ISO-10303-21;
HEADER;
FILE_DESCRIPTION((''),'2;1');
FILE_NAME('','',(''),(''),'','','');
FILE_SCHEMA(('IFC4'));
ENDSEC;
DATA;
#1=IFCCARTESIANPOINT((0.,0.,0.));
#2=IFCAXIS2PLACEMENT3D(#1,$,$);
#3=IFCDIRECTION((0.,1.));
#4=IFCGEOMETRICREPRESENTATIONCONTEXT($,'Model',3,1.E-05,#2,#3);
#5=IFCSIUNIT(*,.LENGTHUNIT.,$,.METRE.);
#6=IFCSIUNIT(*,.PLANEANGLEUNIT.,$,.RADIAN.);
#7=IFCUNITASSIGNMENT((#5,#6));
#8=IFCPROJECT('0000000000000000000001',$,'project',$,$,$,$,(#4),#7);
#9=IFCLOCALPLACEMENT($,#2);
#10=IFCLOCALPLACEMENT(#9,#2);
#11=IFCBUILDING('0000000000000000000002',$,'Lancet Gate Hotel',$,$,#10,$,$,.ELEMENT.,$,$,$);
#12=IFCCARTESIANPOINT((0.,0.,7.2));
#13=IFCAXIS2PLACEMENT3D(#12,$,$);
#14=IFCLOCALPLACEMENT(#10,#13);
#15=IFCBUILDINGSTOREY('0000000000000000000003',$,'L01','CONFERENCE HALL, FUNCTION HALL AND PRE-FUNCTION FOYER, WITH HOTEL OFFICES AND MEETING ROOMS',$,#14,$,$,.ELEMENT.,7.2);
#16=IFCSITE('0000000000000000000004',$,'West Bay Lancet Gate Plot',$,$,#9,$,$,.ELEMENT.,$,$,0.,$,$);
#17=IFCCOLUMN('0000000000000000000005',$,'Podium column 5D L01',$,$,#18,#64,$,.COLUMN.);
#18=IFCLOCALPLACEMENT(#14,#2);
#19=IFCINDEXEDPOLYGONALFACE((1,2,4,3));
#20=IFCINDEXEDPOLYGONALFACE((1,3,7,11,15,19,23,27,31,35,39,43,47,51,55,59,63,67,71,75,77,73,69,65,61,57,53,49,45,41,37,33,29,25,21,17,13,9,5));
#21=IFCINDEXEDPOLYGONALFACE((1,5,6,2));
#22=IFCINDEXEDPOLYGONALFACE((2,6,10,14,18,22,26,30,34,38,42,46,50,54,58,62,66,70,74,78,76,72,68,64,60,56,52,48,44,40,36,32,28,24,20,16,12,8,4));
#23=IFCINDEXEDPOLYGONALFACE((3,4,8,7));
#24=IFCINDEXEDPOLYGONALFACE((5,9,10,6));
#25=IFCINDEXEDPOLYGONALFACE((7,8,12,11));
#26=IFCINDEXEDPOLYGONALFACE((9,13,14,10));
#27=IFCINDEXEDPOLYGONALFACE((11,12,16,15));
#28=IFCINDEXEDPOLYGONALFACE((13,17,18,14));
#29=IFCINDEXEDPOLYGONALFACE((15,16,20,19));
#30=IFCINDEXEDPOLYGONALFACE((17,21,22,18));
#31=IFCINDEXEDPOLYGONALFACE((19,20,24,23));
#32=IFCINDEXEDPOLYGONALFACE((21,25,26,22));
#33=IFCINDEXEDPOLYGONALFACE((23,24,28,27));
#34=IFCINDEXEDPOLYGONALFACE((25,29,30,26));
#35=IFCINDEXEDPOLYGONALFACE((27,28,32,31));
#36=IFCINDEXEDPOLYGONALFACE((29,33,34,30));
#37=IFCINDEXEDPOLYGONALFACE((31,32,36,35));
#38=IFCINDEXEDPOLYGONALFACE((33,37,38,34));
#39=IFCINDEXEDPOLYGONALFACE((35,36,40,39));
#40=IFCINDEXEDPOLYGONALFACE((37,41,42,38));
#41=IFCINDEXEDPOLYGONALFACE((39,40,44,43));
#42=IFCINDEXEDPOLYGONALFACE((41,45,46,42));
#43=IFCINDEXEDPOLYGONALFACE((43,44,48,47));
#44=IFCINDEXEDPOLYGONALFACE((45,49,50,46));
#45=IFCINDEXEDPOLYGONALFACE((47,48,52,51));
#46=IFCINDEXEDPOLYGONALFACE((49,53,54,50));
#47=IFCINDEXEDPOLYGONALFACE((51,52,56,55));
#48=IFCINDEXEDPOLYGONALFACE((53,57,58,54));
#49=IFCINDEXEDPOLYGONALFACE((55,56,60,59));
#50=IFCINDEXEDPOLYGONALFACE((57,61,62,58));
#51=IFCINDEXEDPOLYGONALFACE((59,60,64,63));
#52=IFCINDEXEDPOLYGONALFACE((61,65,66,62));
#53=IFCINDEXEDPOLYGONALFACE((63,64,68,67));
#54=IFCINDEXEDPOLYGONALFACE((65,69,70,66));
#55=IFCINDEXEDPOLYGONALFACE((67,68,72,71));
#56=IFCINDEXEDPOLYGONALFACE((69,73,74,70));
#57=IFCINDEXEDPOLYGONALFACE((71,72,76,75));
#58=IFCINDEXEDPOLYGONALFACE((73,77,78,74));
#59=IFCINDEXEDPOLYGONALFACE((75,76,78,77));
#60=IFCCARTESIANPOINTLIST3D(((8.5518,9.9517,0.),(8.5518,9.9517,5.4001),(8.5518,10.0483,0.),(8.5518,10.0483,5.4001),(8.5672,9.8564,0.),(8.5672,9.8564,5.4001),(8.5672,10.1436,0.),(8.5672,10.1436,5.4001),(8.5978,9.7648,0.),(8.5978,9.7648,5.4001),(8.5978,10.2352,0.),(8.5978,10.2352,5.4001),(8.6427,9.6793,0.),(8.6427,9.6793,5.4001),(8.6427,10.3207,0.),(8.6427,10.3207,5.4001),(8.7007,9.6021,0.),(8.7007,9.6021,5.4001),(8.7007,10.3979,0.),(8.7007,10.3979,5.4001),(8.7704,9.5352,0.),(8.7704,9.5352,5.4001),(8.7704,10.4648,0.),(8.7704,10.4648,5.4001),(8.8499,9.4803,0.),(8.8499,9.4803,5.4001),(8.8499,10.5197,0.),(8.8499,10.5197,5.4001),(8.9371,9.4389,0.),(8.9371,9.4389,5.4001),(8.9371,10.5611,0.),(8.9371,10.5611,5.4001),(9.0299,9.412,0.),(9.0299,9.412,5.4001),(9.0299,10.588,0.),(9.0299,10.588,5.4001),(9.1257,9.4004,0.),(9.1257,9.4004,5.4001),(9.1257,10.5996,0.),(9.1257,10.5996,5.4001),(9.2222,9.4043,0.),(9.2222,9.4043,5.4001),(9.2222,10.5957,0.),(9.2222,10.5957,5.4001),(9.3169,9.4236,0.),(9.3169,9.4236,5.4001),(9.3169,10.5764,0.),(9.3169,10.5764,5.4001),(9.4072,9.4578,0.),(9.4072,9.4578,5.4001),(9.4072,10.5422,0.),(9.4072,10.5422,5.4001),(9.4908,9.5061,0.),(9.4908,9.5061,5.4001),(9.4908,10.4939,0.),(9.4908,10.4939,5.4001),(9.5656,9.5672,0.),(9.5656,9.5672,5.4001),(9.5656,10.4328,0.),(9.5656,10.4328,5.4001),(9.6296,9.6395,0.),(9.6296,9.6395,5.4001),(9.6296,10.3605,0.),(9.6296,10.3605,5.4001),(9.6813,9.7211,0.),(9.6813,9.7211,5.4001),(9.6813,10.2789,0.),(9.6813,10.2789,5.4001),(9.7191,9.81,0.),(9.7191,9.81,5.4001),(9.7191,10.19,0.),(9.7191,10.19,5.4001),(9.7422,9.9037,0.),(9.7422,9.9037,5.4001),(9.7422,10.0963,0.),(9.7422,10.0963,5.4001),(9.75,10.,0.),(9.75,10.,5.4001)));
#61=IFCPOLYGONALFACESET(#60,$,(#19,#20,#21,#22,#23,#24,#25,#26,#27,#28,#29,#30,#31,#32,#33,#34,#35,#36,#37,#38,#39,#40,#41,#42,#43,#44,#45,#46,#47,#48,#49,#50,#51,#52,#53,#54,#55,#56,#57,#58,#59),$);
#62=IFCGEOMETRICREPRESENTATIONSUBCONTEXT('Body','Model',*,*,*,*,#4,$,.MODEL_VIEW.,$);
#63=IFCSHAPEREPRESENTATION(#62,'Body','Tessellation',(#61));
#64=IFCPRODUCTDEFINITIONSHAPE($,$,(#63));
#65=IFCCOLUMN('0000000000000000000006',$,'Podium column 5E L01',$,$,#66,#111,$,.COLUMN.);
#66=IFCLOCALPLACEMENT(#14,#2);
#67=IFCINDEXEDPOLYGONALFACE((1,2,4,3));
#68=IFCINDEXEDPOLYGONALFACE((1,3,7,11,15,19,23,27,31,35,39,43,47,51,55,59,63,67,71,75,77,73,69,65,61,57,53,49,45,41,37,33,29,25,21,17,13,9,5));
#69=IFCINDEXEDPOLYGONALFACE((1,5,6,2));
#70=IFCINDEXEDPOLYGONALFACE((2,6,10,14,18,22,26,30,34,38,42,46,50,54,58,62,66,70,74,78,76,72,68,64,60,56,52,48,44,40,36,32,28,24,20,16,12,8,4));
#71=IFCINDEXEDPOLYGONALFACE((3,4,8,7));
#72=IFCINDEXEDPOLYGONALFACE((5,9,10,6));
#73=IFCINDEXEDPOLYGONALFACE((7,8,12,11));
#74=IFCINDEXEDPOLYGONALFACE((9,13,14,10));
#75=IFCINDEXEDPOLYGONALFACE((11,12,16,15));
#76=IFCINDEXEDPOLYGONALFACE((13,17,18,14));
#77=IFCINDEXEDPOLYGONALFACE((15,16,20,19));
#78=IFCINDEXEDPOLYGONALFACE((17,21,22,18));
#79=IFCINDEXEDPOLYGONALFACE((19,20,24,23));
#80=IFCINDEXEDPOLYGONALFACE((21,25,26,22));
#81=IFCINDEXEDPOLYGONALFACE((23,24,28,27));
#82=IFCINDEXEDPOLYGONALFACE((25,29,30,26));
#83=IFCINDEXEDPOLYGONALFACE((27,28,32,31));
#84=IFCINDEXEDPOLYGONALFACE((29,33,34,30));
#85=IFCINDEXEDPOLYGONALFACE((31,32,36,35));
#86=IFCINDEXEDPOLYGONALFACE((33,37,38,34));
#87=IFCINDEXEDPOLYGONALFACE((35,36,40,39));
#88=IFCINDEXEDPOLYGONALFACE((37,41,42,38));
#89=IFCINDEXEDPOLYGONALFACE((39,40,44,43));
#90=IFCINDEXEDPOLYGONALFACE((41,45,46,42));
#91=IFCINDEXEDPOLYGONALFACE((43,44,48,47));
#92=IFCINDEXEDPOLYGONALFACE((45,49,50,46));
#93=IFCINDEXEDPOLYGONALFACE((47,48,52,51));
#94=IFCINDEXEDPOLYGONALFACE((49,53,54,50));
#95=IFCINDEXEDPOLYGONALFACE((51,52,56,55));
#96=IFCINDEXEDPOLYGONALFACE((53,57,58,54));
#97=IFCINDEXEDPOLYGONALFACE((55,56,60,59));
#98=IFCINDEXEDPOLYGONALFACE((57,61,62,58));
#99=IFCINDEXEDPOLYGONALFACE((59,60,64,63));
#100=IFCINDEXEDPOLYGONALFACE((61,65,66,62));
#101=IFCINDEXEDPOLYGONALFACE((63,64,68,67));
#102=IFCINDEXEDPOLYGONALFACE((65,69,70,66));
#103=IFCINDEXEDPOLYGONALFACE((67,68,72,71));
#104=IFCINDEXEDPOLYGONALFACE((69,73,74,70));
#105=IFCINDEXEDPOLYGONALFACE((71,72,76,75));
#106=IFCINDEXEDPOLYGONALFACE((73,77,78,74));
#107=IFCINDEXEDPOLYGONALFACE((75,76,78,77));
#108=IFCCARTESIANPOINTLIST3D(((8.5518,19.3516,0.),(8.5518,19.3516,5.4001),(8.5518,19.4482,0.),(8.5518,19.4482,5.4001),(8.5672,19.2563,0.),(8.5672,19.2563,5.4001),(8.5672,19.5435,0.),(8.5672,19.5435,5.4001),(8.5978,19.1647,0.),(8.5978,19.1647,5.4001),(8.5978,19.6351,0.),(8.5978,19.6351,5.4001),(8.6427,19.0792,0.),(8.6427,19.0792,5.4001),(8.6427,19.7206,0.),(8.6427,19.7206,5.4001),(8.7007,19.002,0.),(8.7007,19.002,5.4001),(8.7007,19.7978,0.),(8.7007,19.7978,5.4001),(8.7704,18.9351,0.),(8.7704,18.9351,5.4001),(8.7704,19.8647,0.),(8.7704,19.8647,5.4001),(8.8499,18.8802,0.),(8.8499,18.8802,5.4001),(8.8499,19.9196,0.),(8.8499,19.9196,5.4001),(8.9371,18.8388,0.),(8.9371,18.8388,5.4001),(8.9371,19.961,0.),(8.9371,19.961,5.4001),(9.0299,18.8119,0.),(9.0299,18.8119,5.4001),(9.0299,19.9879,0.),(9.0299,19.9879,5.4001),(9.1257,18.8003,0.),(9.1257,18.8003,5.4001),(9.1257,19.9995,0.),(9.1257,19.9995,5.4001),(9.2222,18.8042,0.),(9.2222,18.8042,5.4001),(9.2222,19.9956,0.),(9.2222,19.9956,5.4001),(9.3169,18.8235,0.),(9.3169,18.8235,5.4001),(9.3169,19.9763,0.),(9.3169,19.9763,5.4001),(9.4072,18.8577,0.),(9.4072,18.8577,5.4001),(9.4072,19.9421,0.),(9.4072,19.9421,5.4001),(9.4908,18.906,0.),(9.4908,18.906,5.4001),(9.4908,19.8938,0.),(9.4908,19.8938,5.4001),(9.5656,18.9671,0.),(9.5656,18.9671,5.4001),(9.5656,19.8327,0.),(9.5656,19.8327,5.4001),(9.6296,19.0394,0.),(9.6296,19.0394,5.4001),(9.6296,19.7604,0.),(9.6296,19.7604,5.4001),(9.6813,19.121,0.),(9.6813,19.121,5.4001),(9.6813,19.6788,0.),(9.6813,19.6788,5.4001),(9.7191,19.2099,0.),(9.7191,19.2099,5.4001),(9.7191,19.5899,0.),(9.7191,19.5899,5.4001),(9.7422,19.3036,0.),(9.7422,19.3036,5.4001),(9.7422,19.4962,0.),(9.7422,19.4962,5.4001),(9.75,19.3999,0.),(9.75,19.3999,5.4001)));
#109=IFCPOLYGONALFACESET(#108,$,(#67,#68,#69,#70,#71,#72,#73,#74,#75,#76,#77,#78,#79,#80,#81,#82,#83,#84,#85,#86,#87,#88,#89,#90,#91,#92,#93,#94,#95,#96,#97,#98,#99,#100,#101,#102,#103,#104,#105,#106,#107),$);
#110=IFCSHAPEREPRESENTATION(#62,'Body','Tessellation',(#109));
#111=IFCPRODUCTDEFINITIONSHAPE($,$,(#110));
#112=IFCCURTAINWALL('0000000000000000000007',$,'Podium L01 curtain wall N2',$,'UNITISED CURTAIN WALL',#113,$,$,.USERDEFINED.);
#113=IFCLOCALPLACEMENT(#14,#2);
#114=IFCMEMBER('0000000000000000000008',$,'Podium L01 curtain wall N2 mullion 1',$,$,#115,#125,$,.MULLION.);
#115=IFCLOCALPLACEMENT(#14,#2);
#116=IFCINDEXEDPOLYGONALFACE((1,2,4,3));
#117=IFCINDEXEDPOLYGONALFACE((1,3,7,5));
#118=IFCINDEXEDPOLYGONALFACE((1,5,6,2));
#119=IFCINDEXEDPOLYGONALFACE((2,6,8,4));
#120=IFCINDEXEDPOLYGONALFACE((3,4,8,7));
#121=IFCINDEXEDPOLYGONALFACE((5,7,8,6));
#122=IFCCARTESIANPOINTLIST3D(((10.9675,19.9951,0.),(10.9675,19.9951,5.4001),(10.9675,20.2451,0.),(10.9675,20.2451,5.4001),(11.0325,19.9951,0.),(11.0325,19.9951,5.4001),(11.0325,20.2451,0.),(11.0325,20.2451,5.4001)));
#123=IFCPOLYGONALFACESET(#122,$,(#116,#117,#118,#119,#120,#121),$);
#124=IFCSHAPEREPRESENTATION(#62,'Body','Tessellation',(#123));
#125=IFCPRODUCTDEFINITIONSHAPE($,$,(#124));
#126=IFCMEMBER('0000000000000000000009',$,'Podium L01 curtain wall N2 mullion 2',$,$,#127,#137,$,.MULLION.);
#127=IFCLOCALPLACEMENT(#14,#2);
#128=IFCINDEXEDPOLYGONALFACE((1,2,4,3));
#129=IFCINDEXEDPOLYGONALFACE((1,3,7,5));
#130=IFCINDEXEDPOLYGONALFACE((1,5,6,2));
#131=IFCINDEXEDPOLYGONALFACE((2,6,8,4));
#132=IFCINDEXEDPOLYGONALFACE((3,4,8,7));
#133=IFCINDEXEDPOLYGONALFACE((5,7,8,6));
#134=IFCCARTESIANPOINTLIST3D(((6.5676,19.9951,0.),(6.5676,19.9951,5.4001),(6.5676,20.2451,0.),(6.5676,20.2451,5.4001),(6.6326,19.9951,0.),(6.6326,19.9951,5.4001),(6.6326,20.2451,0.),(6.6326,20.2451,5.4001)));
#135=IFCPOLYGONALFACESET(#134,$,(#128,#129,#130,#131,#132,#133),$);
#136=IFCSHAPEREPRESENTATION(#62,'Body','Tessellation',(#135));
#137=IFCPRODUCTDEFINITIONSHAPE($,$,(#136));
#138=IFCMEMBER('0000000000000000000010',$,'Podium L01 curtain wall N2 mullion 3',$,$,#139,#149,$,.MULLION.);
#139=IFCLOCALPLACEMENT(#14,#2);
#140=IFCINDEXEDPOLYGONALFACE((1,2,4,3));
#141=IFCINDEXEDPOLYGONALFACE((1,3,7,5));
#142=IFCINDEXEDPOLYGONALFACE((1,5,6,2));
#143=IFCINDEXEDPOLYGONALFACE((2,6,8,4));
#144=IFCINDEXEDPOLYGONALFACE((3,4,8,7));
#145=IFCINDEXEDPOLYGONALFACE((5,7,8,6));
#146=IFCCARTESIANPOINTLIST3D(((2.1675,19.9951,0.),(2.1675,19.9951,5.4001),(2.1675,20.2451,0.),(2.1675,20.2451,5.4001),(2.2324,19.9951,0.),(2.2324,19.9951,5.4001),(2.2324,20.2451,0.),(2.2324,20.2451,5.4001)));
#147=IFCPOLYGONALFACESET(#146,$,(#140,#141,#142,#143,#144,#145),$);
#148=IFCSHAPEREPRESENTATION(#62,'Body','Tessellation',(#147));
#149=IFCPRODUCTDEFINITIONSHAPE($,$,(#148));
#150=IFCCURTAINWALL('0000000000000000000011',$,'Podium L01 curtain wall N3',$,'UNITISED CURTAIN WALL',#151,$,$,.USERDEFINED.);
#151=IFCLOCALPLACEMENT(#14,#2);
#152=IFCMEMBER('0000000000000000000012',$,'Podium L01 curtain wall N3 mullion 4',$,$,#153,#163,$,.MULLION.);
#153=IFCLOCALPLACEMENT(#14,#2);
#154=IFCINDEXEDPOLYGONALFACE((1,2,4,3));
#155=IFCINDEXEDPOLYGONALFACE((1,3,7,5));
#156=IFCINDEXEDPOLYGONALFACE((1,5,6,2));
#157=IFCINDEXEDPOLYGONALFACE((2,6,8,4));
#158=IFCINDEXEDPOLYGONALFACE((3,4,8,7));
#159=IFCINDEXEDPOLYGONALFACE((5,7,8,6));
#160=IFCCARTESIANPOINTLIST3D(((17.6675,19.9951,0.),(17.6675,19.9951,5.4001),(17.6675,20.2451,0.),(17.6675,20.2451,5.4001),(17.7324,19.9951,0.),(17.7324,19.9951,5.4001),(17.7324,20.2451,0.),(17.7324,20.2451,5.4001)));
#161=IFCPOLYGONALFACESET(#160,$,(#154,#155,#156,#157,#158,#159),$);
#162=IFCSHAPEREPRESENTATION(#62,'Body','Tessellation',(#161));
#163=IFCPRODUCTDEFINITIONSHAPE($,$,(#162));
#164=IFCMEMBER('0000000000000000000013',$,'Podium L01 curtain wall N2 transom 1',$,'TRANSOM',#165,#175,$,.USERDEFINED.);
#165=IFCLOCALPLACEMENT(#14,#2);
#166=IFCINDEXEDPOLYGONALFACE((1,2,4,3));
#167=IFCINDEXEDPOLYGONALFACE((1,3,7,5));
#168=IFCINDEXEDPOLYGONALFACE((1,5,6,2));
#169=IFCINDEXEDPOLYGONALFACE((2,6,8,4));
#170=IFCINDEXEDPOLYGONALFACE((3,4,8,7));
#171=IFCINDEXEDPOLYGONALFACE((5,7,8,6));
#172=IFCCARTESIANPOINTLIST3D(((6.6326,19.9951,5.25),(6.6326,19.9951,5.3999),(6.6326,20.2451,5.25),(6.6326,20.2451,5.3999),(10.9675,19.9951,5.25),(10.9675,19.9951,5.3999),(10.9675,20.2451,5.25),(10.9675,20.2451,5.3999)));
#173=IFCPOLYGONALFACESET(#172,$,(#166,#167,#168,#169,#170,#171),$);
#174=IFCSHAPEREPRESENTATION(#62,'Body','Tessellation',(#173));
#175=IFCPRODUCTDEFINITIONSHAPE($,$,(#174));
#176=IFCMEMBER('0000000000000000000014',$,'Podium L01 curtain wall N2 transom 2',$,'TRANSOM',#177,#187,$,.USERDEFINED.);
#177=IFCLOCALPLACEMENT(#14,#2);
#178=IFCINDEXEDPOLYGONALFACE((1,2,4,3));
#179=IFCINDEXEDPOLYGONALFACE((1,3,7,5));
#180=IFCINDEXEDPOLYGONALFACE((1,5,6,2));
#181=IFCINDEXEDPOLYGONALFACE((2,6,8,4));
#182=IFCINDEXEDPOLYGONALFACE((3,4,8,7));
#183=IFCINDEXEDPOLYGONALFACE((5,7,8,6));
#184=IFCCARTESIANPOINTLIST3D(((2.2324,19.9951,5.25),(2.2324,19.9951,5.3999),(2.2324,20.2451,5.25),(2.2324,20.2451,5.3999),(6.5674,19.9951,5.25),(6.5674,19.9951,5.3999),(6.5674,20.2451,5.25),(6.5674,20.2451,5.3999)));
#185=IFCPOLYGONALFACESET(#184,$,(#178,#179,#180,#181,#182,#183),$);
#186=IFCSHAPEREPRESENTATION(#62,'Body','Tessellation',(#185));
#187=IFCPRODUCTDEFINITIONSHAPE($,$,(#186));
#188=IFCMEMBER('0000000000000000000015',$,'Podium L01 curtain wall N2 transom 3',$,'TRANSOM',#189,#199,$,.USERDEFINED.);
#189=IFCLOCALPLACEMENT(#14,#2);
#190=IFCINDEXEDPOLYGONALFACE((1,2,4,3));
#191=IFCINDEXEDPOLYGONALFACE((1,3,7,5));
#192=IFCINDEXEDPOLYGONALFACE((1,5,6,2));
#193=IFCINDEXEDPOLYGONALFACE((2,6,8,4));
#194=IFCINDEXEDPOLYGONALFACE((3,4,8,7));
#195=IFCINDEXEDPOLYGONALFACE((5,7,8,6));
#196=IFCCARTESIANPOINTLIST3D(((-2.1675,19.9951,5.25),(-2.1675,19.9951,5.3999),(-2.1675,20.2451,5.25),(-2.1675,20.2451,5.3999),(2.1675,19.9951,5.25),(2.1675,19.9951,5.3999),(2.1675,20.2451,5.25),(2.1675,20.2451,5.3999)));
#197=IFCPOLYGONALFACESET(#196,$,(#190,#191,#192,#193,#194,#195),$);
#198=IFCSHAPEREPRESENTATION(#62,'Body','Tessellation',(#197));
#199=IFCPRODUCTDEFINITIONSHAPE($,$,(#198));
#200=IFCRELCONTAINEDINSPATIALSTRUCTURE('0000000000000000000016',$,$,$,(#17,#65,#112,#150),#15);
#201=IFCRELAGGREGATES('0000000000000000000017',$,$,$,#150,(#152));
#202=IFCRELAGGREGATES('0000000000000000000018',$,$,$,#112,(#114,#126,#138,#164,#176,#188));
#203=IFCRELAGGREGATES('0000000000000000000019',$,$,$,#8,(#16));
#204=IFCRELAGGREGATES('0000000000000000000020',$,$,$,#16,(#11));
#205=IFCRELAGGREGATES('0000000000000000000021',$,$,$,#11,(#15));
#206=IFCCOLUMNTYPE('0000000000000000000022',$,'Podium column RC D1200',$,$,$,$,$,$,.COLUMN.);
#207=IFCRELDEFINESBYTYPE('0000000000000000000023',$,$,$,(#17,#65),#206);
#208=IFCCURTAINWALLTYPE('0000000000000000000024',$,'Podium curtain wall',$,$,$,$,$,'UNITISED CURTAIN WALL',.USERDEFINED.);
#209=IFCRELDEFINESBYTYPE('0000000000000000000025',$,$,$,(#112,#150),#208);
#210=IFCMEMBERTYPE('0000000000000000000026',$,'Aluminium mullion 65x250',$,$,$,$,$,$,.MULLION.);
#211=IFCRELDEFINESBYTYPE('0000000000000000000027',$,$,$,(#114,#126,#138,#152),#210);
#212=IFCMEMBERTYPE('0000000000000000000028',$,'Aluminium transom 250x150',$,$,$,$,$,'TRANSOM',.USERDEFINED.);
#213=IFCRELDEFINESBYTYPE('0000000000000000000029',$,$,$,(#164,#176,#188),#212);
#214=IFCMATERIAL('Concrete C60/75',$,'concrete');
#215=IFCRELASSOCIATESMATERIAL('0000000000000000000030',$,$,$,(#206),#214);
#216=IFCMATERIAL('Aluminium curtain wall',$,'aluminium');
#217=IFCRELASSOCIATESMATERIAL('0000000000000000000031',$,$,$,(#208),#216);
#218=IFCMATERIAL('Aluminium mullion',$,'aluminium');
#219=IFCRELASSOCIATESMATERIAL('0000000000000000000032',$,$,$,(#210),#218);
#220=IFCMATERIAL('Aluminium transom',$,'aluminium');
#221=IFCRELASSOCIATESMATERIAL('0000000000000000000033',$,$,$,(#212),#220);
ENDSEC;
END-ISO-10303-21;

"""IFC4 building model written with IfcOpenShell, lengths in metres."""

from ifc_helpers import new_model, si_unit, direction, frame, origin, origin_2d, place, context, subcontext, project, spatial, rectangle, circle, extrude, material, material_profile, profile_set, type_object, element, aggregate, save


model = new_model("IFC4")

# Units and contexts
model_context = context("Model", 3, precision=1e-05, world=origin(), true_north=direction((0.0, 1.0)))
body_context = subcontext(model_context, "Body", "Model", "MODEL_VIEW")
ifc_project = project(units=[si_unit("LENGTHUNIT", "METRE"), si_unit("PLANEANGLEUNIT", "RADIAN")], contexts=[model_context])

# Site, building, storey
site_placement = place(None, origin())
site = spatial("IfcSite", under=ifc_project, at=site_placement, Name="West Bay Lancet Gate Plot", CompositionType="ELEMENT", RefElevation=0.0)
building_placement = place(site_placement, origin())
building = spatial("IfcBuilding", under=site, at=building_placement, Name="Lancet Gate Hotel", CompositionType="ELEMENT")
storey_placement = place(building_placement, frame((0.0, 0.0, 7.2)))
storey = spatial("IfcBuildingStorey", under=building, at=storey_placement, Name="L01", Description="CONFERENCE HALL, FUNCTION HALL AND PRE-FUNCTION FOYER, WITH HOTEL OFFICES AND MEETING ROOMS", CompositionType="ELEMENT", Elevation=7.2)

# Columns
ifc_material_1 = material(Name="Concrete C60/75", Category="concrete")
ifc_material_profile_1 = material_profile(ifc_material_1, circle(Radius=0.6001, at=origin_2d()), Name="RC D1200")
ifc_profile_set_1 = profile_set([ifc_material_profile_1], Name="Concrete C60/75")
column_type = type_object("IfcColumnType", Name="Podium column RC D1200", PredefinedType="COLUMN", material=ifc_profile_set_1)
for number, where, z_axis, x_axis, name in (
    (1, (9.1499, 10.0, 0.0), (0.0, 0.0, 1.0), (1.0, 0.0, 0.0), "Podium column 5D L01"),
    (2, (9.1499, 19.3999, 0.0), (0.0, 0.0, 1.0), (1.0, 0.0, 0.0), "Podium column 5E L01"),
):
    element("IfcColumn", number, at=place(storey_placement, frame(where, z_axis=z_axis, x_axis=x_axis)), inside=storey, type_object=column_type, Name=name, PredefinedType="COLUMN", context=body_context, shape_type="SweptSolid", body=[
        extrude(circle(Radius=0.6001, at=origin_2d()), origin(), (0.0, 0.0, 1.0), 5.4001),
    ])

# Curtain wall, members
ifc_material_2 = material(Name="Aluminium curtain wall", Category="aluminium")
curtain_wall_type = type_object("IfcCurtainWallType", Name="Podium curtain wall", ElementType="UNITISED CURTAIN WALL", PredefinedType="USERDEFINED", material=ifc_material_2)
curtain_wall_1_placement = place(storey_placement, origin())
curtain_wall_1 = element("IfcCurtainWall", 3, at=curtain_wall_1_placement, inside=storey, type_object=curtain_wall_type, Name="Podium L01 curtain wall N2", ObjectType="UNITISED CURTAIN WALL", PredefinedType="USERDEFINED")
ifc_material_3 = material(Name="Aluminium mullion", Category="aluminium")
ifc_material_profile_2 = material_profile(ifc_material_3, rectangle(XDim=0.0649, YDim=0.25, at=origin_2d()), Name="MULLION 65x250")
ifc_profile_set_2 = profile_set([ifc_material_profile_2], Name="Aluminium mullion")
member_type_1 = type_object("IfcMemberType", Name="Aluminium mullion 65x250", PredefinedType="MULLION", material=ifc_profile_set_2)
member_1_placement = place(storey_placement, frame((11.0, 20.1201, 0.0), z_axis=(0.0, 0.0, 1.0), x_axis=(-1.0, 0.0, 0.0)))
member_1 = element("IfcMember", 4, at=member_1_placement, type_object=member_type_1, Name="Podium L01 curtain wall N2 mullion 1", PredefinedType="MULLION", context=body_context, shape_type="SweptSolid", body=[
    extrude(rectangle(XDim=0.0649, YDim=0.25, at=origin_2d()), origin(), (0.0, 0.0, 1.0), 5.4001),
])
member_2_placement = place(storey_placement, frame((6.6001, 20.1201, 0.0), z_axis=(0.0, 0.0, 1.0), x_axis=(-1.0, 0.0, 0.0)))
member_2 = element("IfcMember", 5, at=member_2_placement, type_object=member_type_1, Name="Podium L01 curtain wall N2 mullion 2", PredefinedType="MULLION", context=body_context, shape_type="SweptSolid", body=[
    extrude(rectangle(XDim=0.0649, YDim=0.25, at=origin_2d()), origin(), (0.0, 0.0, 1.0), 5.4001),
])
member_3_placement = place(storey_placement, frame((2.2, 20.1201, 0.0), z_axis=(0.0, 0.0, 1.0), x_axis=(-1.0, 0.0, 0.0)))
member_3 = element("IfcMember", 6, at=member_3_placement, type_object=member_type_1, Name="Podium L01 curtain wall N2 mullion 3", PredefinedType="MULLION", context=body_context, shape_type="SweptSolid", body=[
    extrude(rectangle(XDim=0.0649, YDim=0.25, at=origin_2d()), origin(), (0.0, 0.0, 1.0), 5.4001),
])

# Curtain wall, member
curtain_wall_2_placement = place(storey_placement, origin())
curtain_wall_2 = element("IfcCurtainWall", 7, at=curtain_wall_2_placement, inside=storey, type_object=curtain_wall_type, Name="Podium L01 curtain wall N3", ObjectType="UNITISED CURTAIN WALL", PredefinedType="USERDEFINED")
member_4_placement = place(storey_placement, frame((17.7, 20.1201, 0.0), z_axis=(0.0, 0.0, 1.0), x_axis=(-1.0, 0.0, 0.0)))
member_4 = element("IfcMember", 8, at=member_4_placement, type_object=member_type_1, Name="Podium L01 curtain wall N3 mullion 4", PredefinedType="MULLION", context=body_context, shape_type="SweptSolid", body=[
    extrude(rectangle(XDim=0.0649, YDim=0.25, at=origin_2d()), origin(), (0.0, 0.0, 1.0), 5.4001),
])
aggregate(curtain_wall_2, [member_4])

# Members
ifc_material_4 = material(Name="Aluminium transom", Category="aluminium")
ifc_material_profile_3 = material_profile(ifc_material_4, rectangle(XDim=0.25, YDim=0.1499, at=origin_2d()), Name="TRANSOM 250x150")
ifc_profile_set_3 = profile_set([ifc_material_profile_3], Name="Aluminium transom")
member_type_2 = type_object("IfcMemberType", Name="Aluminium transom 250x150", ElementType="TRANSOM", PredefinedType="USERDEFINED", material=ifc_profile_set_3)
member_5_placement = place(storey_placement, frame((10.9675, 20.1201, 5.325), z_axis=(-1.0, 0.0, 0.0), x_axis=(0.0, -1.0, 0.0)))
member_5 = element("IfcMember", 9, at=member_5_placement, type_object=member_type_2, Name="Podium L01 curtain wall N2 transom 1", ObjectType="TRANSOM", PredefinedType="USERDEFINED", context=body_context, shape_type="SweptSolid", body=[
    extrude(rectangle(XDim=0.25, YDim=0.1499, at=origin_2d()), origin(), (0.0, 0.0, 1.0), 4.335),
])
member_6_placement = place(storey_placement, frame((6.5674, 20.1201, 5.325), z_axis=(-1.0, 0.0, 0.0), x_axis=(0.0, -1.0, 0.0)))
member_6 = element("IfcMember", 10, at=member_6_placement, type_object=member_type_2, Name="Podium L01 curtain wall N2 transom 2", ObjectType="TRANSOM", PredefinedType="USERDEFINED", context=body_context, shape_type="SweptSolid", body=[
    extrude(rectangle(XDim=0.25, YDim=0.1499, at=origin_2d()), origin(), (0.0, 0.0, 1.0), 4.335),
])
member_7_placement = place(storey_placement, frame((2.1675, 20.1201, 5.325), z_axis=(-1.0, 0.0, 0.0), x_axis=(0.0, -1.0, 0.0)))
member_7 = element("IfcMember", 11, at=member_7_placement, type_object=member_type_2, Name="Podium L01 curtain wall N2 transom 3", ObjectType="TRANSOM", PredefinedType="USERDEFINED", context=body_context, shape_type="SweptSolid", body=[
    extrude(rectangle(XDim=0.25, YDim=0.1499, at=origin_2d()), origin(), (0.0, 0.0, 1.0), 4.335),
])

aggregate(curtain_wall_1, [member_1, member_2, member_3, member_5, member_6, member_7])

save(model, "model.ifc")
